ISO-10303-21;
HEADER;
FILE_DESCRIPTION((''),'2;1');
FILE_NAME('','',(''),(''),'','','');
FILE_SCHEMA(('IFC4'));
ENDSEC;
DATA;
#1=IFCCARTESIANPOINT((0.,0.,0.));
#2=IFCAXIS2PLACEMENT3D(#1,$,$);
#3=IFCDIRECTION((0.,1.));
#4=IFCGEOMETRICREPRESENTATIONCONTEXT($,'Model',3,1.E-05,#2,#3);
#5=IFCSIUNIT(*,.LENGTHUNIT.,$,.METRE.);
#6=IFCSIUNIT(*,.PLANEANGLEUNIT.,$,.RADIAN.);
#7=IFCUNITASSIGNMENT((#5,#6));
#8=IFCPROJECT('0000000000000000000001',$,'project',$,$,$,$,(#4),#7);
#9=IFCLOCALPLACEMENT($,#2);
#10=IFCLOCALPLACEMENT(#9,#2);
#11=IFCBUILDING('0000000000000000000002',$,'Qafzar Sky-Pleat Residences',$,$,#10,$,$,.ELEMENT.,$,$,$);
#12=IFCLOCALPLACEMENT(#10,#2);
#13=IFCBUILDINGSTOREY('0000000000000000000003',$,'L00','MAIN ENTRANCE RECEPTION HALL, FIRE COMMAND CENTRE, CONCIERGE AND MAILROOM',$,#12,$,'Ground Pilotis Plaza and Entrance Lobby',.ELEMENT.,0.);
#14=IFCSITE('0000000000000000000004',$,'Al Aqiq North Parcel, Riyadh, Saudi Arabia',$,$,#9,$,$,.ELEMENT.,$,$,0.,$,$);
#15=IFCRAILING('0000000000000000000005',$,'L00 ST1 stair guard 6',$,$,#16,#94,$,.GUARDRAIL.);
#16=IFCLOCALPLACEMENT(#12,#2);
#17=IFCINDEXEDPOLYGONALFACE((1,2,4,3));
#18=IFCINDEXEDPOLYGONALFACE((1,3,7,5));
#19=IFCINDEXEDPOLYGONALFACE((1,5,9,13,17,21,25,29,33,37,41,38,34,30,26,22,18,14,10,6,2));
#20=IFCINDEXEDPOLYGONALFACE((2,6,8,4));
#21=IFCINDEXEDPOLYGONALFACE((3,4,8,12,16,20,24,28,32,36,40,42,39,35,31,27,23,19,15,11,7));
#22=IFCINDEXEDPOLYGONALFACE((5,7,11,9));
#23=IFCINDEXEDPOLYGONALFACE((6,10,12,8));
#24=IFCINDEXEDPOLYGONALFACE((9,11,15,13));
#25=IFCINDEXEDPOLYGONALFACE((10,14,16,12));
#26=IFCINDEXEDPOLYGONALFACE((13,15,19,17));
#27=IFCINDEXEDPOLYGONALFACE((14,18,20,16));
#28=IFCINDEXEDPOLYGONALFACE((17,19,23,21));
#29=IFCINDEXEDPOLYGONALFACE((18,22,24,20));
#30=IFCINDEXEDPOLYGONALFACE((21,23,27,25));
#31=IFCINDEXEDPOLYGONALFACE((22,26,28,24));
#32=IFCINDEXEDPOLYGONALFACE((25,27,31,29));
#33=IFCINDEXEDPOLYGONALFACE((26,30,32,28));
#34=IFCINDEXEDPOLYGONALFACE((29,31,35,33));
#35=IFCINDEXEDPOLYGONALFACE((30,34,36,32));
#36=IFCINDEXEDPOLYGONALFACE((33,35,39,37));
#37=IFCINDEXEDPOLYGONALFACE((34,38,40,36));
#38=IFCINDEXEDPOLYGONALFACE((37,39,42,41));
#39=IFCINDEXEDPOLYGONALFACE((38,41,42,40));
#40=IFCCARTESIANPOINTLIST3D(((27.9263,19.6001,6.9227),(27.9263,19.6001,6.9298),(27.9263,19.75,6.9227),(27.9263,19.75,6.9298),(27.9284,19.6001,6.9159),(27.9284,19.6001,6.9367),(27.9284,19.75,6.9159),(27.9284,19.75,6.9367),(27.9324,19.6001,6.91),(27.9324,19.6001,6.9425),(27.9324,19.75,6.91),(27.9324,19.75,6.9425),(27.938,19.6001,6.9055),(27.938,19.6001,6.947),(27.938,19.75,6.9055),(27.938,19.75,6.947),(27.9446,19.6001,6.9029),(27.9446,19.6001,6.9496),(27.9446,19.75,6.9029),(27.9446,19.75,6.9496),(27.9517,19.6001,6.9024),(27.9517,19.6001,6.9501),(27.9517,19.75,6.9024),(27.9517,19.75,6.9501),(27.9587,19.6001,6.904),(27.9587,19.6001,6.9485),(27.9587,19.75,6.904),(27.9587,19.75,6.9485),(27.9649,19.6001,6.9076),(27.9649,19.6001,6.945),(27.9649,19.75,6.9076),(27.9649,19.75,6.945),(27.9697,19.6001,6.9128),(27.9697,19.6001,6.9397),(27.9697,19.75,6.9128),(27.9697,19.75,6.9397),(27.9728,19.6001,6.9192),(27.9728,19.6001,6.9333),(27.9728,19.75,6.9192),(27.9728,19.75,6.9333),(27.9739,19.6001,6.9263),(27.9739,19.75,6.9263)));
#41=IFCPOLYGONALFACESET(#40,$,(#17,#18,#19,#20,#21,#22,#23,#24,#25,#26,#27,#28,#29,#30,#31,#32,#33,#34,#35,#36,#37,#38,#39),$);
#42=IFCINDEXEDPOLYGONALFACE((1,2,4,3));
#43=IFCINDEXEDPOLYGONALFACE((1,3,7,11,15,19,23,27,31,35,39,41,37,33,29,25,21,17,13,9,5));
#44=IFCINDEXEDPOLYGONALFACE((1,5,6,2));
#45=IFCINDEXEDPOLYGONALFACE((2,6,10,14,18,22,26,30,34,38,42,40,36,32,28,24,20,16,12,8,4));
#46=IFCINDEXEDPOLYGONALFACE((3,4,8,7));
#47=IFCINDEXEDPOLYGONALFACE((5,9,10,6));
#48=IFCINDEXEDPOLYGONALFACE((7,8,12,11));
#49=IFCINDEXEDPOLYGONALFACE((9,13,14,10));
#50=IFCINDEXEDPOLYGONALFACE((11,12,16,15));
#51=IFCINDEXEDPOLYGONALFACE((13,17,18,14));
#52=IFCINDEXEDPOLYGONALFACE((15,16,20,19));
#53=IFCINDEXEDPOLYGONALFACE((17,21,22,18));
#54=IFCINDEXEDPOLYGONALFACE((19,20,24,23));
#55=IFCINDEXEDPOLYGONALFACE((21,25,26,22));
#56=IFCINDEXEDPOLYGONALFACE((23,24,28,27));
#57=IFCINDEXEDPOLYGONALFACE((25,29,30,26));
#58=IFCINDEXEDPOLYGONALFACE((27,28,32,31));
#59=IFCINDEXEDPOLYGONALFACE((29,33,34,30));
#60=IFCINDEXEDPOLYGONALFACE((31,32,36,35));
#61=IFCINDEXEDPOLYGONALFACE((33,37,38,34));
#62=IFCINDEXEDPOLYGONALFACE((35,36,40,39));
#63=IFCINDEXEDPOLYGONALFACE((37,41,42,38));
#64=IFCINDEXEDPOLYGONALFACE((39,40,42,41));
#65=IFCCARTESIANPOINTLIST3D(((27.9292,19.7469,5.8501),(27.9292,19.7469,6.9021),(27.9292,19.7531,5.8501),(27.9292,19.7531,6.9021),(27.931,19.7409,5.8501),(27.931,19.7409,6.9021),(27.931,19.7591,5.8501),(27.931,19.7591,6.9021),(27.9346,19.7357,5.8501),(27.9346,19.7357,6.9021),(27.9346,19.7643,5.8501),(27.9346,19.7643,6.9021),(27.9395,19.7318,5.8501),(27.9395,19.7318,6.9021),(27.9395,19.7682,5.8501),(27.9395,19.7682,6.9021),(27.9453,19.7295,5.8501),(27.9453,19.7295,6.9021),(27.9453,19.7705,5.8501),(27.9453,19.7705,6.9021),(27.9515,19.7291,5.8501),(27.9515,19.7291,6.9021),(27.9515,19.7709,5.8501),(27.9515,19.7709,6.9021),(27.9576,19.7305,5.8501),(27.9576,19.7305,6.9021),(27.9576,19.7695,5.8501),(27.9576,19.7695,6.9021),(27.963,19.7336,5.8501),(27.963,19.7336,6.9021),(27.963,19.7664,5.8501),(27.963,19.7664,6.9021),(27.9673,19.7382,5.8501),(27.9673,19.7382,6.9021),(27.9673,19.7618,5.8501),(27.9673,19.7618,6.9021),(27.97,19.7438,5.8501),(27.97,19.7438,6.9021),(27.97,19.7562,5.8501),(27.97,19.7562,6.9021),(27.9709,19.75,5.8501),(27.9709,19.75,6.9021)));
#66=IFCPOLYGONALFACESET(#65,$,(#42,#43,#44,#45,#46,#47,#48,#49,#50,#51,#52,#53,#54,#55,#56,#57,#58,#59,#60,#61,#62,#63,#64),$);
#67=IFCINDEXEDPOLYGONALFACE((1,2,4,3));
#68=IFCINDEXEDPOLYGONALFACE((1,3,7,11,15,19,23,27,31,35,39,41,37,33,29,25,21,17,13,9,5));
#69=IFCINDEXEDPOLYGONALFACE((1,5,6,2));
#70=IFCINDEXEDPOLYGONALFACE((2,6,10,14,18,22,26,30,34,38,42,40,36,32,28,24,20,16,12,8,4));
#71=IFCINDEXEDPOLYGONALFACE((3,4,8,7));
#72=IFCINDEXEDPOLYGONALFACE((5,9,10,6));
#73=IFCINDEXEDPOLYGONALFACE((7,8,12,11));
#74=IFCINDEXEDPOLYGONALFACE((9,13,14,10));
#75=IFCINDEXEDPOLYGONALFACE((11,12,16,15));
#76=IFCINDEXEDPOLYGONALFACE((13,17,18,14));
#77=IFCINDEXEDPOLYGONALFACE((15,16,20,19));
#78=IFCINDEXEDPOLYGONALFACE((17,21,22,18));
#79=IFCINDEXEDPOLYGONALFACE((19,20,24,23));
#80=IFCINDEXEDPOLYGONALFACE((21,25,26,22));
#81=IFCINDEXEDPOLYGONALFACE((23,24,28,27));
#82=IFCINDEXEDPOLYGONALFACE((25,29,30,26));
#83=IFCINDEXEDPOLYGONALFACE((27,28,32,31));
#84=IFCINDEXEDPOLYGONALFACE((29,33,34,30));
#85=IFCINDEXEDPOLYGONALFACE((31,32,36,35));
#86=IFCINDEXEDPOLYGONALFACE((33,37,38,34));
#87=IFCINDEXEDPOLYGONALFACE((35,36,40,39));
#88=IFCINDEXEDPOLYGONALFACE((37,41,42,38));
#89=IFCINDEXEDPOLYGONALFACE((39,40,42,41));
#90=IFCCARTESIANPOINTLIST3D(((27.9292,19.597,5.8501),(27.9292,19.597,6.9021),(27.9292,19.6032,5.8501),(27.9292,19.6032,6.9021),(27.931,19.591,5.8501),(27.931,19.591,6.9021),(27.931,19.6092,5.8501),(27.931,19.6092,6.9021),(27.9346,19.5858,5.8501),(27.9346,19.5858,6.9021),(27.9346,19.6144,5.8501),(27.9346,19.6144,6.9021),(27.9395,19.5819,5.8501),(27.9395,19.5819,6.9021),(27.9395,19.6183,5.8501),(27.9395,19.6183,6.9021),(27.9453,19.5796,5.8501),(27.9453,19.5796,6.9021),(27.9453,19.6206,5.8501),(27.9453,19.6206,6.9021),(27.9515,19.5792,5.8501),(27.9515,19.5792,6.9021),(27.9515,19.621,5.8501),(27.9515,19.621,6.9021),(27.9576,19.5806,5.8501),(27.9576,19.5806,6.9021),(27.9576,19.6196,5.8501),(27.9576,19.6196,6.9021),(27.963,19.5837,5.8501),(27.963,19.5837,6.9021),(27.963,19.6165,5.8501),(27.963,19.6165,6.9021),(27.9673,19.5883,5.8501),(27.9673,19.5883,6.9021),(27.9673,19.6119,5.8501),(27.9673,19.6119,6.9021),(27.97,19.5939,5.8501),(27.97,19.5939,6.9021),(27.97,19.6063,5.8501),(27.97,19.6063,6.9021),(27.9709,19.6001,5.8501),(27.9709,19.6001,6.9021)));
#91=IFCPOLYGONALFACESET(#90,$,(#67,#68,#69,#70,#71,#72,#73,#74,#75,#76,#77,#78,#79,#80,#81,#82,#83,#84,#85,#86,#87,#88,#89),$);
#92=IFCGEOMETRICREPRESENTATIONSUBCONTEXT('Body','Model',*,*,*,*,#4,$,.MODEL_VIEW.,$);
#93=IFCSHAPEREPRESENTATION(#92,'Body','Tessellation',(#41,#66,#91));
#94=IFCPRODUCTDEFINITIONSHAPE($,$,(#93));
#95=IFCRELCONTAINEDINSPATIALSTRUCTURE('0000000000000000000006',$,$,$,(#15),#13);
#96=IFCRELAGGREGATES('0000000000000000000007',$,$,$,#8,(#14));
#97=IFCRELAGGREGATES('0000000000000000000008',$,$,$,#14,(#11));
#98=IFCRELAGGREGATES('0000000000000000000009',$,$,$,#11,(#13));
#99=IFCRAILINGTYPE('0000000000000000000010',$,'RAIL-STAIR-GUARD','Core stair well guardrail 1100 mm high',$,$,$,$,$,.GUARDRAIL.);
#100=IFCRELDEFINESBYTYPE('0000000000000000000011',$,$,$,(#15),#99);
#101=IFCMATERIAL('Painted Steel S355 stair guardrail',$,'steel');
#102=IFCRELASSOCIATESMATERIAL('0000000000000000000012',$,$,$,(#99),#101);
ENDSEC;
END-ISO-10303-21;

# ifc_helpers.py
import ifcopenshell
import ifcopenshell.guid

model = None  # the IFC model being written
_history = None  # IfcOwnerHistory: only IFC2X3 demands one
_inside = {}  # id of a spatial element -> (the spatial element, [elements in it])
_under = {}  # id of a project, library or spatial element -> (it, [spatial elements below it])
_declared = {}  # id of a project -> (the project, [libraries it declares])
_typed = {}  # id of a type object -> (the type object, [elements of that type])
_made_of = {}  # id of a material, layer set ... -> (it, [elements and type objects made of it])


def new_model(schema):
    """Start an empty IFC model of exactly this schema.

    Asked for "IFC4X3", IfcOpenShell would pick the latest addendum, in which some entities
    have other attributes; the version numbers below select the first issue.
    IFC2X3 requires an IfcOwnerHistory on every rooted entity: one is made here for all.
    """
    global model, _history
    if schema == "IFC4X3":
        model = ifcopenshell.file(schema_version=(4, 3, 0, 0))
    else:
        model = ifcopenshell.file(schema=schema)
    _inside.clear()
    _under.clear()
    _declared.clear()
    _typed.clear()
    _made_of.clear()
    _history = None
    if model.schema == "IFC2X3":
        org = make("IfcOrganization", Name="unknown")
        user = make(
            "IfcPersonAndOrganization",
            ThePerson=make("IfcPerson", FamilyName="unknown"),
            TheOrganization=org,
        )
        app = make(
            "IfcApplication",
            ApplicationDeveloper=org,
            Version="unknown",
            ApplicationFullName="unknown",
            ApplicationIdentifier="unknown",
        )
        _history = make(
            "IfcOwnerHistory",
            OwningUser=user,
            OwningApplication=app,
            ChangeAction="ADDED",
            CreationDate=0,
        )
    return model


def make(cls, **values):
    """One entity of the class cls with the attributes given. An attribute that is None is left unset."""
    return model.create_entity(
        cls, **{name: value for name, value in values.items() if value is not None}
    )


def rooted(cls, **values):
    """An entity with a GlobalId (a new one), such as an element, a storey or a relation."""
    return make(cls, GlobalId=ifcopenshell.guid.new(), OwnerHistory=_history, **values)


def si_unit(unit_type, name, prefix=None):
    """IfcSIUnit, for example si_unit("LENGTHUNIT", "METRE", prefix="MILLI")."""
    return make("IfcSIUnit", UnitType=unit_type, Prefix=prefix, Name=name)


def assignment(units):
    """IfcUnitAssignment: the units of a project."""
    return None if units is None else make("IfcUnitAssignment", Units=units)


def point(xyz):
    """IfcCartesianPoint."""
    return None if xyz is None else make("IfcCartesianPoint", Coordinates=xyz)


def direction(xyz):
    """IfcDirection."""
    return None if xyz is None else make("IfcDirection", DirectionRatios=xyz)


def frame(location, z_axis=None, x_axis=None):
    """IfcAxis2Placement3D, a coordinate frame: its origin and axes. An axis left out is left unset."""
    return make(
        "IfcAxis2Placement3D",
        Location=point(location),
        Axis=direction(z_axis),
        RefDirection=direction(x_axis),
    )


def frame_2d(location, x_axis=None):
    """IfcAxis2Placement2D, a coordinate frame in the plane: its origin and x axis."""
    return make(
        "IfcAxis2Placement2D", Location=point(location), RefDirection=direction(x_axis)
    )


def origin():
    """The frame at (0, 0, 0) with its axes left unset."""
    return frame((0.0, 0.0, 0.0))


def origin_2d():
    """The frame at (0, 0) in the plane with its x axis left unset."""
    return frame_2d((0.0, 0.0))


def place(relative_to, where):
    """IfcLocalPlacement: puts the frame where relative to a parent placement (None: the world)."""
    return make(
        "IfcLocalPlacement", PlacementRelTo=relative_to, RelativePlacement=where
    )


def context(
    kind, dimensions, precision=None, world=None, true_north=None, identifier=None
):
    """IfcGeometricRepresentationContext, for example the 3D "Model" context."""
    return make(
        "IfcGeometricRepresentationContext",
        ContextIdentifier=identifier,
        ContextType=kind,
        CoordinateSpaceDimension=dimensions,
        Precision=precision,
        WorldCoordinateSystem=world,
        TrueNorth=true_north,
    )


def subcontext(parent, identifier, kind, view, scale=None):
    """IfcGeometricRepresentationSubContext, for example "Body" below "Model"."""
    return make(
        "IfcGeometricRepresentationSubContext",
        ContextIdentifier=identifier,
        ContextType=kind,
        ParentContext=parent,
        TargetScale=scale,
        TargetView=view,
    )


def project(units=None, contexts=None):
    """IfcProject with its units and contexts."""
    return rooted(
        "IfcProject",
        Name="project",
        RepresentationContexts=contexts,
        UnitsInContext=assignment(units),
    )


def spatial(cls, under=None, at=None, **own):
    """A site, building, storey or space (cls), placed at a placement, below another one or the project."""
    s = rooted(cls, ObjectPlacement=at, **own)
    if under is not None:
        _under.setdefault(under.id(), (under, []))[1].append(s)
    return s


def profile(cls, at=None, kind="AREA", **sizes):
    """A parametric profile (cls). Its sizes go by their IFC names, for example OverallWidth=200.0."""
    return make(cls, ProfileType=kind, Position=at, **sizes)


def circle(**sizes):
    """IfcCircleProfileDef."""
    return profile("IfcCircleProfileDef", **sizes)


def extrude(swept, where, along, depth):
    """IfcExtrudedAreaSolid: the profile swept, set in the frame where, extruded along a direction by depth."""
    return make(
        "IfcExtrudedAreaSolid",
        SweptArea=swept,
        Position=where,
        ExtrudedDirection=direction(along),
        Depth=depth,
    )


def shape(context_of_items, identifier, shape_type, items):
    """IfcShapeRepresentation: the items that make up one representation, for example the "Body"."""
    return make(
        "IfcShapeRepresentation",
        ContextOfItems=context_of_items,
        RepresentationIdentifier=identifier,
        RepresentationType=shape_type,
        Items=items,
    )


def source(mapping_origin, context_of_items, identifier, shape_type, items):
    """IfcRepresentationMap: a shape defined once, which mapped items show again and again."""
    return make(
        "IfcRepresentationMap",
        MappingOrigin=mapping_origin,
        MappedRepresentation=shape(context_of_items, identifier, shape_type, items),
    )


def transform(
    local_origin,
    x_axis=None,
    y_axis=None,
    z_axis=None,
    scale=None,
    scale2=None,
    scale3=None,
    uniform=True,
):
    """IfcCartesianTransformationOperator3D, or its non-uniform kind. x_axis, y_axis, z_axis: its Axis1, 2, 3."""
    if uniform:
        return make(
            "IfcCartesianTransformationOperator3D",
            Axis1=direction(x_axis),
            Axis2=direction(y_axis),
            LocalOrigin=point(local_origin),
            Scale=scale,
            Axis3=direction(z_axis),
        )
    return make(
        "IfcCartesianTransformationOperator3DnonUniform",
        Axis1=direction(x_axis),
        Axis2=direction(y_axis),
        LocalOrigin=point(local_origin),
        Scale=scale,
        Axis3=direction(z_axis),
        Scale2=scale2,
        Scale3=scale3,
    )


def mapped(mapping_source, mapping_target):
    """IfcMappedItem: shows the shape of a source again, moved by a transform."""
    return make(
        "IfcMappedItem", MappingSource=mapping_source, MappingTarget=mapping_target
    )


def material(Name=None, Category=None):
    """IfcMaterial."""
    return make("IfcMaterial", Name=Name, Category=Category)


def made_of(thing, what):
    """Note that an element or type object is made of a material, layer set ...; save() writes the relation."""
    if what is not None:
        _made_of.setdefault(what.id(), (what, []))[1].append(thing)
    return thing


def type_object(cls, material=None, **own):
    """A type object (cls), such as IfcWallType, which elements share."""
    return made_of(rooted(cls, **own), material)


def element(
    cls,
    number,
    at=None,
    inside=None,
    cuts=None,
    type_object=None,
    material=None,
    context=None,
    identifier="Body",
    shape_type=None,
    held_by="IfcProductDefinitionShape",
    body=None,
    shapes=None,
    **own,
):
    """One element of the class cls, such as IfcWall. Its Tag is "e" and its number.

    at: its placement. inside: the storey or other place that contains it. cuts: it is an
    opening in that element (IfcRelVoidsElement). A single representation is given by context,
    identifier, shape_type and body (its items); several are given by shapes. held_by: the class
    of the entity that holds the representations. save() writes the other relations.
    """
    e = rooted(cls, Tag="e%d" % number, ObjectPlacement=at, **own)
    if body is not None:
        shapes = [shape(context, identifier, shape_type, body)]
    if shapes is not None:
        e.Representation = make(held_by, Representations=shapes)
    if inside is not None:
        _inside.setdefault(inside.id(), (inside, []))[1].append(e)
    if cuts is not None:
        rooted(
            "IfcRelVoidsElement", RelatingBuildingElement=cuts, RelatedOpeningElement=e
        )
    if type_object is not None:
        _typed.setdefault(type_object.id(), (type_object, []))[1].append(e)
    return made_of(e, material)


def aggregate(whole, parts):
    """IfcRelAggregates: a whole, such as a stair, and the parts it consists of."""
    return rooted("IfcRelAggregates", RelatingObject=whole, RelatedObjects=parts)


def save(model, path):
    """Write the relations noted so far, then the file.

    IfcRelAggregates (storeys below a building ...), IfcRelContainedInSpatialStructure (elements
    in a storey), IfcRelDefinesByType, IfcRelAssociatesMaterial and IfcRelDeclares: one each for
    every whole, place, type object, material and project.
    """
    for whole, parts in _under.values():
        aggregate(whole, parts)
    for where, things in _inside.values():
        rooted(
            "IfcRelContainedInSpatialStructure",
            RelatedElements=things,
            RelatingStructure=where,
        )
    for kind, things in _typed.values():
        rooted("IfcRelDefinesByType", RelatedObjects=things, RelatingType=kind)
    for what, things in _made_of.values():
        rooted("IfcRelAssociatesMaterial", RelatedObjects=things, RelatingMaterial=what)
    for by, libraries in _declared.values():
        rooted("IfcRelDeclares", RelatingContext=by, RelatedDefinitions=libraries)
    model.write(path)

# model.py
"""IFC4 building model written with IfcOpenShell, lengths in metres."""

from ifc_helpers import new_model, si_unit, direction, frame, origin, origin_2d, place, context, subcontext, project, spatial, circle, extrude, source, transform, mapped, material, type_object, element, save


model = new_model("IFC4")

# Units and contexts
model_context = context("Model", 3, precision=1e-05, world=origin(), true_north=direction((0.0, 1.0)))
body_context = subcontext(model_context, "Body", "Model", "MODEL_VIEW")
ifc_project = project(units=[si_unit("LENGTHUNIT", "METRE"), si_unit("PLANEANGLEUNIT", "RADIAN")], contexts=[model_context])

# Site, building, storey
site_placement = place(None, origin())
site = spatial("IfcSite", under=ifc_project, at=site_placement, Name="Al Aqiq North Parcel, Riyadh, Saudi Arabia", CompositionType="ELEMENT", RefElevation=0.0)
building_placement = place(site_placement, origin())
building = spatial("IfcBuilding", under=site, at=building_placement, Name="Qafzar Sky-Pleat Residences", CompositionType="ELEMENT")
storey_placement = place(building_placement, origin())
storey = spatial("IfcBuildingStorey", under=building, at=storey_placement, Name="L00", Description="MAIN ENTRANCE RECEPTION HALL, FIRE COMMAND CENTRE, CONCIERGE AND MAILROOM", LongName="Ground Pilotis Plaza and Entrance Lobby", CompositionType="ELEMENT", Elevation=0.0)

# Railing
ifc_material_1 = material(Name="Painted Steel S355 stair guardrail", Category="steel")
railing_type_1 = type_object("IfcRailingType", Name="RAIL-STAIR-GUARD", Description="Core stair well guardrail 1100 mm high", PredefinedType="GUARDRAIL", material=ifc_material_1)
shared_shape_1 = source(origin(), body_context, "Body", "SweptSolid", [
    extrude(circle(Radius=0.0239, at=origin_2d()), frame((0.0, 0.0, 1.0762), z_axis=(0.0, -1.0, 0.0), x_axis=(1.0, 0.0, 0.0)), (0.0, 0.0, 1.0), 0.1499),
    extrude(circle(Radius=0.021, at=origin_2d()), origin(), (0.0, 0.0, 1.0), 1.052),
    extrude(circle(Radius=0.021, at=origin_2d()), frame((0.0, -0.1499, 0.0)), (0.0, 0.0, 1.0), 1.052),
])
for number, where, name in (
    (1, (27.95, 19.75, 5.8501), "L00 ST1 stair guard 6"),
):
    element("IfcRailing", number, at=place(storey_placement, frame(where)), inside=storey, type_object=railing_type_1, Name=name, PredefinedType="GUARDRAIL", context=body_context, shape_type="MappedRepresentation", body=[
        mapped(shared_shape_1, transform((0.0, 0.0, 0.0), x_axis=(1.0, 0.0, 0.0), y_axis=(0.0, 1.0, 0.0), z_axis=(0.0, 0.0, 1.0), scale=1.0)),
    ])

save(model, "model.ifc")
